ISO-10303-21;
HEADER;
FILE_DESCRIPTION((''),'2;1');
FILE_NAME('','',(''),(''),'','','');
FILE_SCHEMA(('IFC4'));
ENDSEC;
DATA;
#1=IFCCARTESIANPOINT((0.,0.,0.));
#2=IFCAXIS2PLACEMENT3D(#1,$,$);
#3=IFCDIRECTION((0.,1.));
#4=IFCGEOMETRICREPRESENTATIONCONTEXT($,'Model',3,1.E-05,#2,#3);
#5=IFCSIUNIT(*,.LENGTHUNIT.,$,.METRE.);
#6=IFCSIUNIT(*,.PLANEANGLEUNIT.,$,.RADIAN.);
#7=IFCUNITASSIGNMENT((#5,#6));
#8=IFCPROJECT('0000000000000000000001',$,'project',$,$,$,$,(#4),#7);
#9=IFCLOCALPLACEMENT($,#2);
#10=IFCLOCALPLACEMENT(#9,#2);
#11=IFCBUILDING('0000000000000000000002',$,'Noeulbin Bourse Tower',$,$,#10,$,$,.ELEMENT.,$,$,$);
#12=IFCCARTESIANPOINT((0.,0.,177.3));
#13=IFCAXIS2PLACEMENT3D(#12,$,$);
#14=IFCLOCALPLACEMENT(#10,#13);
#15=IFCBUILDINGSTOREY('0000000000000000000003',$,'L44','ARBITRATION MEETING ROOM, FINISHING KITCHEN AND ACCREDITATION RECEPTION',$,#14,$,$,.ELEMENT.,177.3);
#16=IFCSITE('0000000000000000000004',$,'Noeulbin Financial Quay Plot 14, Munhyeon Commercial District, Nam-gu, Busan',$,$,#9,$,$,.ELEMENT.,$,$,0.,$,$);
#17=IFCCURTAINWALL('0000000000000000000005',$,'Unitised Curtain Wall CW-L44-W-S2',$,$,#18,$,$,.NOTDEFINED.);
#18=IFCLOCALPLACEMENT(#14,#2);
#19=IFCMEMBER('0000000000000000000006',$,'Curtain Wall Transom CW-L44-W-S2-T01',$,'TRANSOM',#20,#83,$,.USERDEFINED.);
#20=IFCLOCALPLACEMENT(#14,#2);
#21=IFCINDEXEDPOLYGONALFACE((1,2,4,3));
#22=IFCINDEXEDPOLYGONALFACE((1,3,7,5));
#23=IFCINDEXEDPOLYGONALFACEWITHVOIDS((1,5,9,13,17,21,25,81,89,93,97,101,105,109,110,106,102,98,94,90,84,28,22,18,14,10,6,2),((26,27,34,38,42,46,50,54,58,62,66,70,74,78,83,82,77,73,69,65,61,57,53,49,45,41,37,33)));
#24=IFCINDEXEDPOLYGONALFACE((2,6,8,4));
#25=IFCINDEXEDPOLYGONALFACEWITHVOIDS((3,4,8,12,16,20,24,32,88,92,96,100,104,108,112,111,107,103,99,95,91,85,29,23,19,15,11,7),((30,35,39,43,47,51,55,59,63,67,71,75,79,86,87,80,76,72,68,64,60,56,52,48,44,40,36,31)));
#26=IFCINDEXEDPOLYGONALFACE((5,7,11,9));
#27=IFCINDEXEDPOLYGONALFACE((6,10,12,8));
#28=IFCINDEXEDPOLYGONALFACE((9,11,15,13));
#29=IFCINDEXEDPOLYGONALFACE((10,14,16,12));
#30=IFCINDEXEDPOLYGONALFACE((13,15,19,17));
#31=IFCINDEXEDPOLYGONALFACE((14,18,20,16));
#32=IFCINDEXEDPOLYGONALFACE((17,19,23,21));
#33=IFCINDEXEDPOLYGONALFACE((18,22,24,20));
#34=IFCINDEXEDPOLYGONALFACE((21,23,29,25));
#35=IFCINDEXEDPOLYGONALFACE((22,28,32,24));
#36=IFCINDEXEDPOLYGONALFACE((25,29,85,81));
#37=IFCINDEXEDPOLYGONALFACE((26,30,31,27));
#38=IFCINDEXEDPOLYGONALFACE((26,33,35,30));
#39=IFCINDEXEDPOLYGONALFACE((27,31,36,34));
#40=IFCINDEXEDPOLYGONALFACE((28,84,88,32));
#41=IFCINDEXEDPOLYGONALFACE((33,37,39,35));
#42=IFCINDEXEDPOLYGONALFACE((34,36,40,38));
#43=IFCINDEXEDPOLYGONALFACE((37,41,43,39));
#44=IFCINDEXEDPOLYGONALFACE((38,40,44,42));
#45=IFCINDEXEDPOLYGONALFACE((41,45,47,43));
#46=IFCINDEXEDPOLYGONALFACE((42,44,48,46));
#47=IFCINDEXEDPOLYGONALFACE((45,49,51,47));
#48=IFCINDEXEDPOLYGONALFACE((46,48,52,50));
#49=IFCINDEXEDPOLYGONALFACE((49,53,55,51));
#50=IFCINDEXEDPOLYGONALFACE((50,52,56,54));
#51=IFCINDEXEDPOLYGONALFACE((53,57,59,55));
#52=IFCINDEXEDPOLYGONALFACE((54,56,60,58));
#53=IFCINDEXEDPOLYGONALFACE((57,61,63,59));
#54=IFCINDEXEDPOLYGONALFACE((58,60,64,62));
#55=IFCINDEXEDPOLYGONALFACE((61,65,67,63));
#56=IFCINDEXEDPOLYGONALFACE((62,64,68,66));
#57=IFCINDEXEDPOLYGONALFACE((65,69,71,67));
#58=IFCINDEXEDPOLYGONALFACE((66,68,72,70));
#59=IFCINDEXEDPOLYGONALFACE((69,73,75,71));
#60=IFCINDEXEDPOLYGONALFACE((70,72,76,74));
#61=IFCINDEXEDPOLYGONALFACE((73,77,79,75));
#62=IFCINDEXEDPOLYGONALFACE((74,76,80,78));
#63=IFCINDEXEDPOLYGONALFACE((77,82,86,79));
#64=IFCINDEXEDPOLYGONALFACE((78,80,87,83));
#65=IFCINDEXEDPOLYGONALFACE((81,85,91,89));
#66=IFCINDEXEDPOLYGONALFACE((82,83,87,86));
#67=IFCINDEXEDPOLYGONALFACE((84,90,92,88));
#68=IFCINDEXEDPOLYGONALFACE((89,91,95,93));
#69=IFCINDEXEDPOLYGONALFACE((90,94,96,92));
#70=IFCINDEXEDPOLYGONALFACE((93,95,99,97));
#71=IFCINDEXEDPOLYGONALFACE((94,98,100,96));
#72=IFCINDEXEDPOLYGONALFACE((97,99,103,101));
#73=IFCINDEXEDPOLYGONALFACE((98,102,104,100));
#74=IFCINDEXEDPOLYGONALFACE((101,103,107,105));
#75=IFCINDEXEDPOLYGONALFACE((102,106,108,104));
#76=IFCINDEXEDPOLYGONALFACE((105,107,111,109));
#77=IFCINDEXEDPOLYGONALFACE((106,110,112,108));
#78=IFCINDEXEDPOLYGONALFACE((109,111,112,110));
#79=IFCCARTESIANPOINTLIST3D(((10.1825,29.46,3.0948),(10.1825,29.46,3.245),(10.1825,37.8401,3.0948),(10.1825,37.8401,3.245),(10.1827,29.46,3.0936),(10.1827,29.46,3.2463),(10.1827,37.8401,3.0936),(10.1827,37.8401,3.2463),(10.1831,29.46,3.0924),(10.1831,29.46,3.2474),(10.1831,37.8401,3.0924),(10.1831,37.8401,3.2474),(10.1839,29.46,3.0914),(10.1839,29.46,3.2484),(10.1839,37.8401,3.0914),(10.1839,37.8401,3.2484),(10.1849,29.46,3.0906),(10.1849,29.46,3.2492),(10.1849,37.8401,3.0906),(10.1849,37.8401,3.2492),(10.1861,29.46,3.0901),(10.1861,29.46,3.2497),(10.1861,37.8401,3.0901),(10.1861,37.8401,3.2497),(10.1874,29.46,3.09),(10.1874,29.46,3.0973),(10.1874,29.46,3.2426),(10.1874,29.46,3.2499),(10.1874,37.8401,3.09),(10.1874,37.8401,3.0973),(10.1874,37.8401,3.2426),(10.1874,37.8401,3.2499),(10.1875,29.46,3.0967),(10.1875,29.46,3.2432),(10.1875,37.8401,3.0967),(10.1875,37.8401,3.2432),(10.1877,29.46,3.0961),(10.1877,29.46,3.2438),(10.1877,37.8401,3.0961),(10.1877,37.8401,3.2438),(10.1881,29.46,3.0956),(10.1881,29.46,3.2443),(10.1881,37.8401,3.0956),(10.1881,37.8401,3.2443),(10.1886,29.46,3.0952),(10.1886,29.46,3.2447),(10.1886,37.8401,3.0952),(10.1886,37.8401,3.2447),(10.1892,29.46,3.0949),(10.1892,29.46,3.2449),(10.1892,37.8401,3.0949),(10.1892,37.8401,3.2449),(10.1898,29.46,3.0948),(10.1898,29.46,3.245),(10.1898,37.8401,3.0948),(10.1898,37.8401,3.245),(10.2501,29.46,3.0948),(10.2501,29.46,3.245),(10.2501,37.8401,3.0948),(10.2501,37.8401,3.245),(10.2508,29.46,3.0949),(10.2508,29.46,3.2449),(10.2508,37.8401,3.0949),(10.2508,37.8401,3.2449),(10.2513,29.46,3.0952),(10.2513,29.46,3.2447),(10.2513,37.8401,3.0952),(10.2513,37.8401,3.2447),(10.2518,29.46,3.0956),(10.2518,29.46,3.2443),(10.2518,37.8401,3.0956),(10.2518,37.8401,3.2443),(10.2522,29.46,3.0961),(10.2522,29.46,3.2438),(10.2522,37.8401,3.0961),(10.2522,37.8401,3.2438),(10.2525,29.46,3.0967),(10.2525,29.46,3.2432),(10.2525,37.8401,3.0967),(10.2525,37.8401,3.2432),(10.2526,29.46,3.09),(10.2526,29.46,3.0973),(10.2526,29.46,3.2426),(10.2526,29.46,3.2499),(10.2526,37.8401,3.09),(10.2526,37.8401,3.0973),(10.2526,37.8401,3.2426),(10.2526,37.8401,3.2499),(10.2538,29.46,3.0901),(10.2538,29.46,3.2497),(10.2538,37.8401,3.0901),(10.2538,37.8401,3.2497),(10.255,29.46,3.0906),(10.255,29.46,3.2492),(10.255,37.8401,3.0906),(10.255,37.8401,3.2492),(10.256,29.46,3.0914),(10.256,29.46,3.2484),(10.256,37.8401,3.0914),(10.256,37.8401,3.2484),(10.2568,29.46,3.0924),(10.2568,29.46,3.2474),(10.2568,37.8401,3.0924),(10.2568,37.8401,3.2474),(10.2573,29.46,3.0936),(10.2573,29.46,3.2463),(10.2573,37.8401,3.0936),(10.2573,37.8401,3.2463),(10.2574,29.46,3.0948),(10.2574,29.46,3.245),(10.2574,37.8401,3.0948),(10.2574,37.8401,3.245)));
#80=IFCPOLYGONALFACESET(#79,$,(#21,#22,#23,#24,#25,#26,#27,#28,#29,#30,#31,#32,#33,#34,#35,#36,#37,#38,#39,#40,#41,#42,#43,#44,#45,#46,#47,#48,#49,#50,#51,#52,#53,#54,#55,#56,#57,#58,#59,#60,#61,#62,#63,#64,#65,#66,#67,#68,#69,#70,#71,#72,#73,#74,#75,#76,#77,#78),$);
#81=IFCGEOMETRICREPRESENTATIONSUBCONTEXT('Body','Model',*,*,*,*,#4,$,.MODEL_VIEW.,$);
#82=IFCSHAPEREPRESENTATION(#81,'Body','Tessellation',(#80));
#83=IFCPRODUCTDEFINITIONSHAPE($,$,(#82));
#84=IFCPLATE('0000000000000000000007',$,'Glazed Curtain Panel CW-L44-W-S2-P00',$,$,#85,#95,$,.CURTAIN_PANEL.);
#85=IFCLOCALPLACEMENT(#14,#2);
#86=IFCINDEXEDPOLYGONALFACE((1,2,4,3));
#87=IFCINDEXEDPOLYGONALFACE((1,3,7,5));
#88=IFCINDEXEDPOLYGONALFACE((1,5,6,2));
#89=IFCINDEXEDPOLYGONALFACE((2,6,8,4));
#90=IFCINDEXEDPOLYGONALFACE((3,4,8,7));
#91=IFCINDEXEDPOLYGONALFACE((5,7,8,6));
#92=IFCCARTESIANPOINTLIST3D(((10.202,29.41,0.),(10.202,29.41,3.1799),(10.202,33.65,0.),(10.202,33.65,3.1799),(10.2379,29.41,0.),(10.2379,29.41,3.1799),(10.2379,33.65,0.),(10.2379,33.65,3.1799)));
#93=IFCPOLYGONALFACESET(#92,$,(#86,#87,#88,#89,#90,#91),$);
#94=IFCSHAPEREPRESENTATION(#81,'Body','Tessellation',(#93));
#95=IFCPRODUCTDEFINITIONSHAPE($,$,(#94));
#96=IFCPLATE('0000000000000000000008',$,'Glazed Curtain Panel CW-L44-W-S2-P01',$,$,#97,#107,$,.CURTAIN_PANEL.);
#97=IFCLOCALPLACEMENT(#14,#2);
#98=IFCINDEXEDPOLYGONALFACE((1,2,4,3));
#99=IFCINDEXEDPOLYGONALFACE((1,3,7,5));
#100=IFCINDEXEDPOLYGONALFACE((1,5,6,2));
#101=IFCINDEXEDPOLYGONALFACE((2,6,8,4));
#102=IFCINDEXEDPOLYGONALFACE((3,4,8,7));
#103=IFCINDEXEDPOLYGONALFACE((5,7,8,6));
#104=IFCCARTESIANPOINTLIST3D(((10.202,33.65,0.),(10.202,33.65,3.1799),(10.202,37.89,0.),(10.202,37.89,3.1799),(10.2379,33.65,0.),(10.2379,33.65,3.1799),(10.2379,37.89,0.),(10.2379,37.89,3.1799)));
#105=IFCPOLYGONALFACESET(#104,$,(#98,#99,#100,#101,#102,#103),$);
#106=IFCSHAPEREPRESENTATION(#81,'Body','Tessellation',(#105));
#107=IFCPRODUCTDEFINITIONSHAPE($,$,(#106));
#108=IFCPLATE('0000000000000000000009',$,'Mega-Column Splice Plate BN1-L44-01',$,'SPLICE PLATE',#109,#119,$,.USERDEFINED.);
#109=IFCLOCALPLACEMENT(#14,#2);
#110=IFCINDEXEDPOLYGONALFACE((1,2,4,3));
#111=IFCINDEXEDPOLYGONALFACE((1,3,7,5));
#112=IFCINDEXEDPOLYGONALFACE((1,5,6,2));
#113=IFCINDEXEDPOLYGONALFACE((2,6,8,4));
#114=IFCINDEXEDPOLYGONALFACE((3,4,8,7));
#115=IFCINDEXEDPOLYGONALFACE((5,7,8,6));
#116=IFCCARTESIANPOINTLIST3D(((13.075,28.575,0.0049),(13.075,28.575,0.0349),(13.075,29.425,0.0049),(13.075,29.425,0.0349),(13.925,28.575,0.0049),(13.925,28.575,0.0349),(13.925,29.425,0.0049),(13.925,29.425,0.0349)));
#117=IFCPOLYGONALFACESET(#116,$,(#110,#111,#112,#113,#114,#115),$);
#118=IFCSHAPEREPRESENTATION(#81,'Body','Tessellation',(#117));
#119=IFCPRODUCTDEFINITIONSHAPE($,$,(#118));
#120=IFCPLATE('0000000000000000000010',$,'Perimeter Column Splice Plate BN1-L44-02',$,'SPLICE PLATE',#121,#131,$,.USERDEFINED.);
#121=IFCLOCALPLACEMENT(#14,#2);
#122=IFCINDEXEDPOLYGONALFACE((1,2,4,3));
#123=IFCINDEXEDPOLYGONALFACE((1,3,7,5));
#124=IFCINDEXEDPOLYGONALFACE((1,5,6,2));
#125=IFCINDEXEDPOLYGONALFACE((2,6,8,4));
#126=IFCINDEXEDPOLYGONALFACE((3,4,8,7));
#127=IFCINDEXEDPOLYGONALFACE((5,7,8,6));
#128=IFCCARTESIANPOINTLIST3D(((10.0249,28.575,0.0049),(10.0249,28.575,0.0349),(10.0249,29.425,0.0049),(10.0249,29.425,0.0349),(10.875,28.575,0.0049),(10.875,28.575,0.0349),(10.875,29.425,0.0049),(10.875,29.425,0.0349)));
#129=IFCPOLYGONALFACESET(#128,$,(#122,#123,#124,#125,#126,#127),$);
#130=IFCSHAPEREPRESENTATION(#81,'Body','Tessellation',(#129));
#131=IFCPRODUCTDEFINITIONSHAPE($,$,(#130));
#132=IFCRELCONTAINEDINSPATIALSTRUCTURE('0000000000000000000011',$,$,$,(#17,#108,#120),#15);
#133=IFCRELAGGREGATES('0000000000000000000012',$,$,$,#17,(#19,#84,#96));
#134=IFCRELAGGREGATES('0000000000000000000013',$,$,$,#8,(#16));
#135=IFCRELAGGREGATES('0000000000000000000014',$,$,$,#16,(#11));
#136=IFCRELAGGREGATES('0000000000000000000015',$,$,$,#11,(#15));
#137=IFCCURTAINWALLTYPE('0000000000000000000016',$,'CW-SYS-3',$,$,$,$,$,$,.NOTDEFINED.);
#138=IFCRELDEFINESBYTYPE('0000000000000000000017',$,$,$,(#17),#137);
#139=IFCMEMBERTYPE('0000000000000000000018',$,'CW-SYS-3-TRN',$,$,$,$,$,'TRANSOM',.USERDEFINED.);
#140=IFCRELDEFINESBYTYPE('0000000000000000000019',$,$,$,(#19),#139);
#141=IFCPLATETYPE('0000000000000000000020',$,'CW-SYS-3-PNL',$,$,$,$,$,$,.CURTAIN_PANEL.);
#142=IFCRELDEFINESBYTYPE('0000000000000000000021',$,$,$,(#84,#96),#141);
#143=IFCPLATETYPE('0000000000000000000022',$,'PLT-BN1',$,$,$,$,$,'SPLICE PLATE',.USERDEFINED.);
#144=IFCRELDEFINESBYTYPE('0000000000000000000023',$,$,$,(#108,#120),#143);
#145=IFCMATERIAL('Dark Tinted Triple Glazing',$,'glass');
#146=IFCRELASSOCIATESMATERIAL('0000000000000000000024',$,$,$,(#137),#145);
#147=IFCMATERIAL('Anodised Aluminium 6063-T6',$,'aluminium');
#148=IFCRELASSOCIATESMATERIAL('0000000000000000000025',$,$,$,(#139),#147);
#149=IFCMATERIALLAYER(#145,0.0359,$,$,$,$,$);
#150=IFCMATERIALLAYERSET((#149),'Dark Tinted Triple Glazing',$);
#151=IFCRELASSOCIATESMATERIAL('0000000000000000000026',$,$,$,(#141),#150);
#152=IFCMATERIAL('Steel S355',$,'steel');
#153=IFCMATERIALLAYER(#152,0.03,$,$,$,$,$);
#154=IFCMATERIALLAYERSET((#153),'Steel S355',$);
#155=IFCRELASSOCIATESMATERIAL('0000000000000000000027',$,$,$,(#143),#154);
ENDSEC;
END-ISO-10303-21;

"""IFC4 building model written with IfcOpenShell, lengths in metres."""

from ifc_helpers import new_model, si_unit, direction, frame, origin, origin_2d, place, context, subcontext, project, spatial, rectangle, hollow_rectangle, extrude, material, layer, layer_set, material_profile, profile_set, type_object, element, aggregate, save


model = new_model("IFC4")

# Units and contexts
model_context = context("Model", 3, precision=1e-05, world=origin(), true_north=direction((0.0, 1.0)))
body_context = subcontext(model_context, "Body", "Model", "MODEL_VIEW")
ifc_project = project(units=[si_unit("LENGTHUNIT", "METRE"), si_unit("PLANEANGLEUNIT", "RADIAN")], contexts=[model_context])

# Site, building, storey
site_placement = place(None, origin())
site = spatial("IfcSite", under=ifc_project, at=site_placement, Name="Noeulbin Financial Quay Plot 14, Munhyeon Commercial District, Nam-gu, Busan", CompositionType="ELEMENT", RefElevation=0.0)
building_placement = place(site_placement, origin())
building = spatial("IfcBuilding", under=site, at=building_placement, Name="Noeulbin Bourse Tower", CompositionType="ELEMENT")
storey_placement = place(building_placement, frame((0.0, 0.0, 177.3)))
storey = spatial("IfcBuildingStorey", under=building, at=storey_placement, Name="L44", Description="ARBITRATION MEETING ROOM, FINISHING KITCHEN AND ACCREDITATION RECEPTION", CompositionType="ELEMENT", Elevation=177.3)

# Shared definitions
ifc_material_1 = material(Name="Steel S355", Category="steel")

# Curtain wall, member, plates
ifc_material_2 = material(Name="Dark Tinted Triple Glazing", Category="glass")
curtain_wall_type = type_object("IfcCurtainWallType", Name="CW-SYS-3", PredefinedType="NOTDEFINED", material=ifc_material_2)
curtain_wall_placement = place(storey_placement, origin())
curtain_wall = element("IfcCurtainWall", 1, at=curtain_wall_placement, inside=storey, type_object=curtain_wall_type, Name="Unitised Curtain Wall CW-L44-W-S2", PredefinedType="NOTDEFINED")
ifc_material_3 = material(Name="Anodised Aluminium 6063-T6", Category="aluminium")
ifc_material_profile_1 = material_profile(ifc_material_3, hollow_rectangle(XDim=0.075, YDim=0.1599, WallThickness=0.0049, InnerFilletRadius=0.0024, OuterFilletRadius=0.0049, at=origin_2d()), Name="ALU-TRAN-75x160x5", Category="LoadBearing")
ifc_profile_set_1 = profile_set([ifc_material_profile_1], Name="Anodised Aluminium 6063-T6")
member_type_1 = type_object("IfcMemberType", Name="CW-SYS-3-TRN", ElementType="TRANSOM", PredefinedType="USERDEFINED", material=ifc_profile_set_1)
member_1_placement = place(storey_placement, frame((10.22, 29.46, 3.1699), z_axis=(0.0, 1.0, 0.0), x_axis=(-1.0, 0.0, 0.0)))
member_1 = element("IfcMember", 2, at=member_1_placement, type_object=member_type_1, Name="Curtain Wall Transom CW-L44-W-S2-T01", ObjectType="TRANSOM", PredefinedType="USERDEFINED", context=body_context, shape_type="SweptSolid", body=[
    extrude(hollow_rectangle(XDim=0.075, YDim=0.1599, WallThickness=0.0049, InnerFilletRadius=0.0024, OuterFilletRadius=0.0049, at=origin_2d()), origin(), (0.0, 0.0, 1.0), 8.3801),
])
ifc_layer_1 = layer(ifc_material_2, 0.0359)
ifc_layer_set_1 = layer_set([ifc_layer_1], Name="Dark Tinted Triple Glazing")
plate_type_1 = type_object("IfcPlateType", Name="CW-SYS-3-PNL", PredefinedType="CURTAIN_PANEL", material=ifc_layer_set_1)
plate_1_placement = place(storey_placement, frame((10.22, 31.53, 0.0), z_axis=(0.0, 0.0, 1.0), x_axis=(0.0, 1.0, 0.0)))
plate_1 = element("IfcPlate", 3, at=plate_1_placement, type_object=plate_type_1, Name="Glazed Curtain Panel CW-L44-W-S2-P00", PredefinedType="CURTAIN_PANEL", context=body_context, shape_type="SweptSolid", body=[
    extrude(rectangle(XDim=4.24, YDim=0.0359, at=origin_2d()), origin(), (0.0, 0.0, 1.0), 3.1799),
])
plate_2_placement = place(storey_placement, frame((10.22, 35.77, 0.0), z_axis=(0.0, 0.0, 1.0), x_axis=(0.0, 1.0, 0.0)))
plate_2 = element("IfcPlate", 4, at=plate_2_placement, type_object=plate_type_1, Name="Glazed Curtain Panel CW-L44-W-S2-P01", PredefinedType="CURTAIN_PANEL", context=body_context, shape_type="SweptSolid", body=[
    extrude(rectangle(XDim=4.24, YDim=0.0359, at=origin_2d()), origin(), (0.0, 0.0, 1.0), 3.1799),
])
aggregate(curtain_wall, [member_1, plate_1, plate_2])

# Plates
ifc_layer_2 = layer(ifc_material_1, 0.03)
ifc_layer_set_2 = layer_set([ifc_layer_2], Name="Steel S355")
plate_type_2 = type_object("IfcPlateType", Name="PLT-BN1", ElementType="SPLICE PLATE", PredefinedType="USERDEFINED", material=ifc_layer_set_2)
for number, where, z_axis, x_axis, name in (
    (5, (13.5, 29.0, 0.0049), (0.0, 0.0, 1.0), (1.0, 0.0, 0.0), "Mega-Column Splice Plate BN1-L44-01"),
    (6, (10.45, 29.0, 0.0049), (0.0, 0.0, 1.0), (1.0, 0.0, 0.0), "Perimeter Column Splice Plate BN1-L44-02"),
):
    element("IfcPlate", number, at=place(storey_placement, frame(where, z_axis=z_axis, x_axis=x_axis)), inside=storey, type_object=plate_type_2, Name=name, ObjectType="SPLICE PLATE", PredefinedType="USERDEFINED", context=body_context, shape_type="SweptSolid", body=[
        extrude(rectangle(XDim=0.8501, YDim=0.8501, at=origin_2d()), origin(), (0.0, 0.0, 1.0), 0.03),
    ])

save(model, "model.ifc")
